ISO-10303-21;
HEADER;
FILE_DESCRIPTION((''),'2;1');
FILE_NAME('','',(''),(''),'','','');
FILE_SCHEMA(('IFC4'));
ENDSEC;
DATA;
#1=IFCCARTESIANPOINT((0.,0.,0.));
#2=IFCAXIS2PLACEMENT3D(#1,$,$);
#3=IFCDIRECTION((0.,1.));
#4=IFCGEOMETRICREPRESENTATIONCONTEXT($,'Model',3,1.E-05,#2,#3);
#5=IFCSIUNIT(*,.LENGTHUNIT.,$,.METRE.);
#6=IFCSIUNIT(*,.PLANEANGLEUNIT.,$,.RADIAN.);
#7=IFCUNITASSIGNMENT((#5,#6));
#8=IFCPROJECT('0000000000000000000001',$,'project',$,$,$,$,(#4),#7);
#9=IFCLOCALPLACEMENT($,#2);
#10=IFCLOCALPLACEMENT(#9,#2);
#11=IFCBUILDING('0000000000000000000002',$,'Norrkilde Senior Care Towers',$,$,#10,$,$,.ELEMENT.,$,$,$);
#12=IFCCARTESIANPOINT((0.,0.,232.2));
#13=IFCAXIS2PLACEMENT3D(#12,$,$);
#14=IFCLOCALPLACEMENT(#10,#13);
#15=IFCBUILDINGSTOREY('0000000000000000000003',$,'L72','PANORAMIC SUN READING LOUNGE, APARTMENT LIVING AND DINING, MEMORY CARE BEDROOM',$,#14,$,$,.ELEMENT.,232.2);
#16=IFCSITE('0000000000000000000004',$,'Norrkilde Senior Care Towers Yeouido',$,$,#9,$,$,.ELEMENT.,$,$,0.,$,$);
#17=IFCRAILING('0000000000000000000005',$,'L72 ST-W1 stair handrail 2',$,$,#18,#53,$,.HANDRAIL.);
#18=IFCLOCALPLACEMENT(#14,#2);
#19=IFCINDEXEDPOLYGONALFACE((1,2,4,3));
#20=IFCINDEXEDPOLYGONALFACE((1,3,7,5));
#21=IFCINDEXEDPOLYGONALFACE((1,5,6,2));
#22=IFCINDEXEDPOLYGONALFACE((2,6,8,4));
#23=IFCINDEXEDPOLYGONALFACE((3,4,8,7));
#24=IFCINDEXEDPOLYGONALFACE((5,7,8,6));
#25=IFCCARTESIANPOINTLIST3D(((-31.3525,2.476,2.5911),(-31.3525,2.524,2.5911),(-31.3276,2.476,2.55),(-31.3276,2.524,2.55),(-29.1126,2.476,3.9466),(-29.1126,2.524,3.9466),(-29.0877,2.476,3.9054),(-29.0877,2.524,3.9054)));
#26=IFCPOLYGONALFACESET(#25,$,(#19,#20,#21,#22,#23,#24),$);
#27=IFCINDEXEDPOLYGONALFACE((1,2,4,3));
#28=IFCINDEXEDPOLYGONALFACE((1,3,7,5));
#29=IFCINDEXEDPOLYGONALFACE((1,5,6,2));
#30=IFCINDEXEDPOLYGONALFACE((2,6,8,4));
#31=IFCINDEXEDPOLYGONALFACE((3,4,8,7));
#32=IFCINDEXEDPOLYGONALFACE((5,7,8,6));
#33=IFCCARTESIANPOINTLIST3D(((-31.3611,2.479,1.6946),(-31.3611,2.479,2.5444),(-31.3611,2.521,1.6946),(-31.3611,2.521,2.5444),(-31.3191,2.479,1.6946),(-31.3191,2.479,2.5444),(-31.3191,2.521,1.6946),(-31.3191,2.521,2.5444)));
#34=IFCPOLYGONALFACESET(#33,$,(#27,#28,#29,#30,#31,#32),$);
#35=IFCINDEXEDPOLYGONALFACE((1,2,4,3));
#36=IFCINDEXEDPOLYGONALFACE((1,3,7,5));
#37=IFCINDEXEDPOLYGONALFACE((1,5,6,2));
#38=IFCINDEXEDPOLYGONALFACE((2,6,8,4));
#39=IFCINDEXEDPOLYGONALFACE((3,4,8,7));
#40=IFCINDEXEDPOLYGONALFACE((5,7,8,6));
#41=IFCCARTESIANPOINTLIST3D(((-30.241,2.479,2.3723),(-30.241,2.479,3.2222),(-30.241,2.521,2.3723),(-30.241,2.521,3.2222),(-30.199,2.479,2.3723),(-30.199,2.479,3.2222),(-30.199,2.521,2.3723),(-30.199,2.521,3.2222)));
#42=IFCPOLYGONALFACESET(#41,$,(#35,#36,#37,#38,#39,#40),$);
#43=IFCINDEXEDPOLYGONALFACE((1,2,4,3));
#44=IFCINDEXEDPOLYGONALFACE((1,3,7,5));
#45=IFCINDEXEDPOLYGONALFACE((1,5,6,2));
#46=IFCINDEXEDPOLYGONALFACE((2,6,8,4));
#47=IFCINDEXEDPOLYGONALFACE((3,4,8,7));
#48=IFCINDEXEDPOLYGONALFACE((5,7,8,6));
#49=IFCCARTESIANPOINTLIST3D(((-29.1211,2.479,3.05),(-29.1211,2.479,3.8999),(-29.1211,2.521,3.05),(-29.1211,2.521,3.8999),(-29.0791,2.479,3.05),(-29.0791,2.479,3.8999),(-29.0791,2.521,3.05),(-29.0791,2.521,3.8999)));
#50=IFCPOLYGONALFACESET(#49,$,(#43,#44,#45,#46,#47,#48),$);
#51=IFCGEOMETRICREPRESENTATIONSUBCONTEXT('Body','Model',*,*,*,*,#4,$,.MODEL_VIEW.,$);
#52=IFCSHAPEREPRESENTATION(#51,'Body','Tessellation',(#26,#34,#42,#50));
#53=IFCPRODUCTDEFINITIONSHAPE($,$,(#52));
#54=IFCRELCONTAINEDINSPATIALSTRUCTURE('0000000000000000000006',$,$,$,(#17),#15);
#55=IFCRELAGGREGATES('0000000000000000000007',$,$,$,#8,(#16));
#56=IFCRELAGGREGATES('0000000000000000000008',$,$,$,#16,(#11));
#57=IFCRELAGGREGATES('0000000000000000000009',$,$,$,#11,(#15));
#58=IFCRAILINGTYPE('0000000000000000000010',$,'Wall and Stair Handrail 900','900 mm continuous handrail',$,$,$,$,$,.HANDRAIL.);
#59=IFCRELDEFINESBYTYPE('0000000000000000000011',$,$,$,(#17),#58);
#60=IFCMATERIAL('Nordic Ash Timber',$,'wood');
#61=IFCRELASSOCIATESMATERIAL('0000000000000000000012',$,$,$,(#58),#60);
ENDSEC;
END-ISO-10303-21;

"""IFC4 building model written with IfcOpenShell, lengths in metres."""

from ifc_helpers import new_model, si_unit, direction, frame, origin, origin_2d, place, context, subcontext, project, spatial, rectangle, extrude, material, type_object, element, save


model = new_model("IFC4")

# Units and contexts
model_context = context("Model", 3, precision=1e-05, world=origin(), true_north=direction((0.0, 1.0)))
body_context = subcontext(model_context, "Body", "Model", "MODEL_VIEW")
ifc_project = project(units=[si_unit("LENGTHUNIT", "METRE"), si_unit("PLANEANGLEUNIT", "RADIAN")], contexts=[model_context])

# Site, building, storey
site_placement = place(None, origin())
site = spatial("IfcSite", under=ifc_project, at=site_placement, Name="Norrkilde Senior Care Towers Yeouido", CompositionType="ELEMENT", RefElevation=0.0)
building_placement = place(site_placement, origin())
building = spatial("IfcBuilding", under=site, at=building_placement, Name="Norrkilde Senior Care Towers", CompositionType="ELEMENT")
storey_placement = place(building_placement, frame((0.0, 0.0, 232.2)))
storey = spatial("IfcBuildingStorey", under=building, at=storey_placement, Name="L72", Description="PANORAMIC SUN READING LOUNGE, APARTMENT LIVING AND DINING, MEMORY CARE BEDROOM", CompositionType="ELEMENT", Elevation=232.2)

# Shared definitions
ifc_material_1 = material(Name="Nordic Ash Timber", Category="wood")

# Railing
railing_type_1 = type_object("IfcRailingType", Name="Wall and Stair Handrail 900", Description="900 mm continuous handrail", PredefinedType="HANDRAIL", material=ifc_material_1)
railing_1_placement = place(storey_placement, frame((-31.3401, 2.5, 1.6946)))
element("IfcRailing", 1, at=railing_1_placement, inside=storey, type_object=railing_type_1, Name="L72 ST-W1 stair handrail 2", PredefinedType="HANDRAIL", context=body_context, shape_type="SweptSolid", body=[
    extrude(rectangle(XDim=0.0481, YDim=0.0481, at=origin_2d()), frame((0.0, 0.0, 0.876), z_axis=(0.855553, 0.0, 0.517715), x_axis=(0.0, 1.0, 0.0)), (0.0, 0.0, 1.0), 2.6182),
    extrude(rectangle(XDim=0.042, YDim=0.042, at=origin_2d()), origin(), (0.0, 0.0, 1.0), 0.8499),
    extrude(rectangle(XDim=0.042, YDim=0.042, at=origin_2d()), frame((1.1201, 0.0, 0.6777)), (0.0, 0.0, 1.0), 0.8499),
    extrude(rectangle(XDim=0.042, YDim=0.042, at=origin_2d()), frame((2.24, 0.0, 1.3555)), (0.0, 0.0, 1.0), 0.8499),
])

save(model, "model.ifc")
